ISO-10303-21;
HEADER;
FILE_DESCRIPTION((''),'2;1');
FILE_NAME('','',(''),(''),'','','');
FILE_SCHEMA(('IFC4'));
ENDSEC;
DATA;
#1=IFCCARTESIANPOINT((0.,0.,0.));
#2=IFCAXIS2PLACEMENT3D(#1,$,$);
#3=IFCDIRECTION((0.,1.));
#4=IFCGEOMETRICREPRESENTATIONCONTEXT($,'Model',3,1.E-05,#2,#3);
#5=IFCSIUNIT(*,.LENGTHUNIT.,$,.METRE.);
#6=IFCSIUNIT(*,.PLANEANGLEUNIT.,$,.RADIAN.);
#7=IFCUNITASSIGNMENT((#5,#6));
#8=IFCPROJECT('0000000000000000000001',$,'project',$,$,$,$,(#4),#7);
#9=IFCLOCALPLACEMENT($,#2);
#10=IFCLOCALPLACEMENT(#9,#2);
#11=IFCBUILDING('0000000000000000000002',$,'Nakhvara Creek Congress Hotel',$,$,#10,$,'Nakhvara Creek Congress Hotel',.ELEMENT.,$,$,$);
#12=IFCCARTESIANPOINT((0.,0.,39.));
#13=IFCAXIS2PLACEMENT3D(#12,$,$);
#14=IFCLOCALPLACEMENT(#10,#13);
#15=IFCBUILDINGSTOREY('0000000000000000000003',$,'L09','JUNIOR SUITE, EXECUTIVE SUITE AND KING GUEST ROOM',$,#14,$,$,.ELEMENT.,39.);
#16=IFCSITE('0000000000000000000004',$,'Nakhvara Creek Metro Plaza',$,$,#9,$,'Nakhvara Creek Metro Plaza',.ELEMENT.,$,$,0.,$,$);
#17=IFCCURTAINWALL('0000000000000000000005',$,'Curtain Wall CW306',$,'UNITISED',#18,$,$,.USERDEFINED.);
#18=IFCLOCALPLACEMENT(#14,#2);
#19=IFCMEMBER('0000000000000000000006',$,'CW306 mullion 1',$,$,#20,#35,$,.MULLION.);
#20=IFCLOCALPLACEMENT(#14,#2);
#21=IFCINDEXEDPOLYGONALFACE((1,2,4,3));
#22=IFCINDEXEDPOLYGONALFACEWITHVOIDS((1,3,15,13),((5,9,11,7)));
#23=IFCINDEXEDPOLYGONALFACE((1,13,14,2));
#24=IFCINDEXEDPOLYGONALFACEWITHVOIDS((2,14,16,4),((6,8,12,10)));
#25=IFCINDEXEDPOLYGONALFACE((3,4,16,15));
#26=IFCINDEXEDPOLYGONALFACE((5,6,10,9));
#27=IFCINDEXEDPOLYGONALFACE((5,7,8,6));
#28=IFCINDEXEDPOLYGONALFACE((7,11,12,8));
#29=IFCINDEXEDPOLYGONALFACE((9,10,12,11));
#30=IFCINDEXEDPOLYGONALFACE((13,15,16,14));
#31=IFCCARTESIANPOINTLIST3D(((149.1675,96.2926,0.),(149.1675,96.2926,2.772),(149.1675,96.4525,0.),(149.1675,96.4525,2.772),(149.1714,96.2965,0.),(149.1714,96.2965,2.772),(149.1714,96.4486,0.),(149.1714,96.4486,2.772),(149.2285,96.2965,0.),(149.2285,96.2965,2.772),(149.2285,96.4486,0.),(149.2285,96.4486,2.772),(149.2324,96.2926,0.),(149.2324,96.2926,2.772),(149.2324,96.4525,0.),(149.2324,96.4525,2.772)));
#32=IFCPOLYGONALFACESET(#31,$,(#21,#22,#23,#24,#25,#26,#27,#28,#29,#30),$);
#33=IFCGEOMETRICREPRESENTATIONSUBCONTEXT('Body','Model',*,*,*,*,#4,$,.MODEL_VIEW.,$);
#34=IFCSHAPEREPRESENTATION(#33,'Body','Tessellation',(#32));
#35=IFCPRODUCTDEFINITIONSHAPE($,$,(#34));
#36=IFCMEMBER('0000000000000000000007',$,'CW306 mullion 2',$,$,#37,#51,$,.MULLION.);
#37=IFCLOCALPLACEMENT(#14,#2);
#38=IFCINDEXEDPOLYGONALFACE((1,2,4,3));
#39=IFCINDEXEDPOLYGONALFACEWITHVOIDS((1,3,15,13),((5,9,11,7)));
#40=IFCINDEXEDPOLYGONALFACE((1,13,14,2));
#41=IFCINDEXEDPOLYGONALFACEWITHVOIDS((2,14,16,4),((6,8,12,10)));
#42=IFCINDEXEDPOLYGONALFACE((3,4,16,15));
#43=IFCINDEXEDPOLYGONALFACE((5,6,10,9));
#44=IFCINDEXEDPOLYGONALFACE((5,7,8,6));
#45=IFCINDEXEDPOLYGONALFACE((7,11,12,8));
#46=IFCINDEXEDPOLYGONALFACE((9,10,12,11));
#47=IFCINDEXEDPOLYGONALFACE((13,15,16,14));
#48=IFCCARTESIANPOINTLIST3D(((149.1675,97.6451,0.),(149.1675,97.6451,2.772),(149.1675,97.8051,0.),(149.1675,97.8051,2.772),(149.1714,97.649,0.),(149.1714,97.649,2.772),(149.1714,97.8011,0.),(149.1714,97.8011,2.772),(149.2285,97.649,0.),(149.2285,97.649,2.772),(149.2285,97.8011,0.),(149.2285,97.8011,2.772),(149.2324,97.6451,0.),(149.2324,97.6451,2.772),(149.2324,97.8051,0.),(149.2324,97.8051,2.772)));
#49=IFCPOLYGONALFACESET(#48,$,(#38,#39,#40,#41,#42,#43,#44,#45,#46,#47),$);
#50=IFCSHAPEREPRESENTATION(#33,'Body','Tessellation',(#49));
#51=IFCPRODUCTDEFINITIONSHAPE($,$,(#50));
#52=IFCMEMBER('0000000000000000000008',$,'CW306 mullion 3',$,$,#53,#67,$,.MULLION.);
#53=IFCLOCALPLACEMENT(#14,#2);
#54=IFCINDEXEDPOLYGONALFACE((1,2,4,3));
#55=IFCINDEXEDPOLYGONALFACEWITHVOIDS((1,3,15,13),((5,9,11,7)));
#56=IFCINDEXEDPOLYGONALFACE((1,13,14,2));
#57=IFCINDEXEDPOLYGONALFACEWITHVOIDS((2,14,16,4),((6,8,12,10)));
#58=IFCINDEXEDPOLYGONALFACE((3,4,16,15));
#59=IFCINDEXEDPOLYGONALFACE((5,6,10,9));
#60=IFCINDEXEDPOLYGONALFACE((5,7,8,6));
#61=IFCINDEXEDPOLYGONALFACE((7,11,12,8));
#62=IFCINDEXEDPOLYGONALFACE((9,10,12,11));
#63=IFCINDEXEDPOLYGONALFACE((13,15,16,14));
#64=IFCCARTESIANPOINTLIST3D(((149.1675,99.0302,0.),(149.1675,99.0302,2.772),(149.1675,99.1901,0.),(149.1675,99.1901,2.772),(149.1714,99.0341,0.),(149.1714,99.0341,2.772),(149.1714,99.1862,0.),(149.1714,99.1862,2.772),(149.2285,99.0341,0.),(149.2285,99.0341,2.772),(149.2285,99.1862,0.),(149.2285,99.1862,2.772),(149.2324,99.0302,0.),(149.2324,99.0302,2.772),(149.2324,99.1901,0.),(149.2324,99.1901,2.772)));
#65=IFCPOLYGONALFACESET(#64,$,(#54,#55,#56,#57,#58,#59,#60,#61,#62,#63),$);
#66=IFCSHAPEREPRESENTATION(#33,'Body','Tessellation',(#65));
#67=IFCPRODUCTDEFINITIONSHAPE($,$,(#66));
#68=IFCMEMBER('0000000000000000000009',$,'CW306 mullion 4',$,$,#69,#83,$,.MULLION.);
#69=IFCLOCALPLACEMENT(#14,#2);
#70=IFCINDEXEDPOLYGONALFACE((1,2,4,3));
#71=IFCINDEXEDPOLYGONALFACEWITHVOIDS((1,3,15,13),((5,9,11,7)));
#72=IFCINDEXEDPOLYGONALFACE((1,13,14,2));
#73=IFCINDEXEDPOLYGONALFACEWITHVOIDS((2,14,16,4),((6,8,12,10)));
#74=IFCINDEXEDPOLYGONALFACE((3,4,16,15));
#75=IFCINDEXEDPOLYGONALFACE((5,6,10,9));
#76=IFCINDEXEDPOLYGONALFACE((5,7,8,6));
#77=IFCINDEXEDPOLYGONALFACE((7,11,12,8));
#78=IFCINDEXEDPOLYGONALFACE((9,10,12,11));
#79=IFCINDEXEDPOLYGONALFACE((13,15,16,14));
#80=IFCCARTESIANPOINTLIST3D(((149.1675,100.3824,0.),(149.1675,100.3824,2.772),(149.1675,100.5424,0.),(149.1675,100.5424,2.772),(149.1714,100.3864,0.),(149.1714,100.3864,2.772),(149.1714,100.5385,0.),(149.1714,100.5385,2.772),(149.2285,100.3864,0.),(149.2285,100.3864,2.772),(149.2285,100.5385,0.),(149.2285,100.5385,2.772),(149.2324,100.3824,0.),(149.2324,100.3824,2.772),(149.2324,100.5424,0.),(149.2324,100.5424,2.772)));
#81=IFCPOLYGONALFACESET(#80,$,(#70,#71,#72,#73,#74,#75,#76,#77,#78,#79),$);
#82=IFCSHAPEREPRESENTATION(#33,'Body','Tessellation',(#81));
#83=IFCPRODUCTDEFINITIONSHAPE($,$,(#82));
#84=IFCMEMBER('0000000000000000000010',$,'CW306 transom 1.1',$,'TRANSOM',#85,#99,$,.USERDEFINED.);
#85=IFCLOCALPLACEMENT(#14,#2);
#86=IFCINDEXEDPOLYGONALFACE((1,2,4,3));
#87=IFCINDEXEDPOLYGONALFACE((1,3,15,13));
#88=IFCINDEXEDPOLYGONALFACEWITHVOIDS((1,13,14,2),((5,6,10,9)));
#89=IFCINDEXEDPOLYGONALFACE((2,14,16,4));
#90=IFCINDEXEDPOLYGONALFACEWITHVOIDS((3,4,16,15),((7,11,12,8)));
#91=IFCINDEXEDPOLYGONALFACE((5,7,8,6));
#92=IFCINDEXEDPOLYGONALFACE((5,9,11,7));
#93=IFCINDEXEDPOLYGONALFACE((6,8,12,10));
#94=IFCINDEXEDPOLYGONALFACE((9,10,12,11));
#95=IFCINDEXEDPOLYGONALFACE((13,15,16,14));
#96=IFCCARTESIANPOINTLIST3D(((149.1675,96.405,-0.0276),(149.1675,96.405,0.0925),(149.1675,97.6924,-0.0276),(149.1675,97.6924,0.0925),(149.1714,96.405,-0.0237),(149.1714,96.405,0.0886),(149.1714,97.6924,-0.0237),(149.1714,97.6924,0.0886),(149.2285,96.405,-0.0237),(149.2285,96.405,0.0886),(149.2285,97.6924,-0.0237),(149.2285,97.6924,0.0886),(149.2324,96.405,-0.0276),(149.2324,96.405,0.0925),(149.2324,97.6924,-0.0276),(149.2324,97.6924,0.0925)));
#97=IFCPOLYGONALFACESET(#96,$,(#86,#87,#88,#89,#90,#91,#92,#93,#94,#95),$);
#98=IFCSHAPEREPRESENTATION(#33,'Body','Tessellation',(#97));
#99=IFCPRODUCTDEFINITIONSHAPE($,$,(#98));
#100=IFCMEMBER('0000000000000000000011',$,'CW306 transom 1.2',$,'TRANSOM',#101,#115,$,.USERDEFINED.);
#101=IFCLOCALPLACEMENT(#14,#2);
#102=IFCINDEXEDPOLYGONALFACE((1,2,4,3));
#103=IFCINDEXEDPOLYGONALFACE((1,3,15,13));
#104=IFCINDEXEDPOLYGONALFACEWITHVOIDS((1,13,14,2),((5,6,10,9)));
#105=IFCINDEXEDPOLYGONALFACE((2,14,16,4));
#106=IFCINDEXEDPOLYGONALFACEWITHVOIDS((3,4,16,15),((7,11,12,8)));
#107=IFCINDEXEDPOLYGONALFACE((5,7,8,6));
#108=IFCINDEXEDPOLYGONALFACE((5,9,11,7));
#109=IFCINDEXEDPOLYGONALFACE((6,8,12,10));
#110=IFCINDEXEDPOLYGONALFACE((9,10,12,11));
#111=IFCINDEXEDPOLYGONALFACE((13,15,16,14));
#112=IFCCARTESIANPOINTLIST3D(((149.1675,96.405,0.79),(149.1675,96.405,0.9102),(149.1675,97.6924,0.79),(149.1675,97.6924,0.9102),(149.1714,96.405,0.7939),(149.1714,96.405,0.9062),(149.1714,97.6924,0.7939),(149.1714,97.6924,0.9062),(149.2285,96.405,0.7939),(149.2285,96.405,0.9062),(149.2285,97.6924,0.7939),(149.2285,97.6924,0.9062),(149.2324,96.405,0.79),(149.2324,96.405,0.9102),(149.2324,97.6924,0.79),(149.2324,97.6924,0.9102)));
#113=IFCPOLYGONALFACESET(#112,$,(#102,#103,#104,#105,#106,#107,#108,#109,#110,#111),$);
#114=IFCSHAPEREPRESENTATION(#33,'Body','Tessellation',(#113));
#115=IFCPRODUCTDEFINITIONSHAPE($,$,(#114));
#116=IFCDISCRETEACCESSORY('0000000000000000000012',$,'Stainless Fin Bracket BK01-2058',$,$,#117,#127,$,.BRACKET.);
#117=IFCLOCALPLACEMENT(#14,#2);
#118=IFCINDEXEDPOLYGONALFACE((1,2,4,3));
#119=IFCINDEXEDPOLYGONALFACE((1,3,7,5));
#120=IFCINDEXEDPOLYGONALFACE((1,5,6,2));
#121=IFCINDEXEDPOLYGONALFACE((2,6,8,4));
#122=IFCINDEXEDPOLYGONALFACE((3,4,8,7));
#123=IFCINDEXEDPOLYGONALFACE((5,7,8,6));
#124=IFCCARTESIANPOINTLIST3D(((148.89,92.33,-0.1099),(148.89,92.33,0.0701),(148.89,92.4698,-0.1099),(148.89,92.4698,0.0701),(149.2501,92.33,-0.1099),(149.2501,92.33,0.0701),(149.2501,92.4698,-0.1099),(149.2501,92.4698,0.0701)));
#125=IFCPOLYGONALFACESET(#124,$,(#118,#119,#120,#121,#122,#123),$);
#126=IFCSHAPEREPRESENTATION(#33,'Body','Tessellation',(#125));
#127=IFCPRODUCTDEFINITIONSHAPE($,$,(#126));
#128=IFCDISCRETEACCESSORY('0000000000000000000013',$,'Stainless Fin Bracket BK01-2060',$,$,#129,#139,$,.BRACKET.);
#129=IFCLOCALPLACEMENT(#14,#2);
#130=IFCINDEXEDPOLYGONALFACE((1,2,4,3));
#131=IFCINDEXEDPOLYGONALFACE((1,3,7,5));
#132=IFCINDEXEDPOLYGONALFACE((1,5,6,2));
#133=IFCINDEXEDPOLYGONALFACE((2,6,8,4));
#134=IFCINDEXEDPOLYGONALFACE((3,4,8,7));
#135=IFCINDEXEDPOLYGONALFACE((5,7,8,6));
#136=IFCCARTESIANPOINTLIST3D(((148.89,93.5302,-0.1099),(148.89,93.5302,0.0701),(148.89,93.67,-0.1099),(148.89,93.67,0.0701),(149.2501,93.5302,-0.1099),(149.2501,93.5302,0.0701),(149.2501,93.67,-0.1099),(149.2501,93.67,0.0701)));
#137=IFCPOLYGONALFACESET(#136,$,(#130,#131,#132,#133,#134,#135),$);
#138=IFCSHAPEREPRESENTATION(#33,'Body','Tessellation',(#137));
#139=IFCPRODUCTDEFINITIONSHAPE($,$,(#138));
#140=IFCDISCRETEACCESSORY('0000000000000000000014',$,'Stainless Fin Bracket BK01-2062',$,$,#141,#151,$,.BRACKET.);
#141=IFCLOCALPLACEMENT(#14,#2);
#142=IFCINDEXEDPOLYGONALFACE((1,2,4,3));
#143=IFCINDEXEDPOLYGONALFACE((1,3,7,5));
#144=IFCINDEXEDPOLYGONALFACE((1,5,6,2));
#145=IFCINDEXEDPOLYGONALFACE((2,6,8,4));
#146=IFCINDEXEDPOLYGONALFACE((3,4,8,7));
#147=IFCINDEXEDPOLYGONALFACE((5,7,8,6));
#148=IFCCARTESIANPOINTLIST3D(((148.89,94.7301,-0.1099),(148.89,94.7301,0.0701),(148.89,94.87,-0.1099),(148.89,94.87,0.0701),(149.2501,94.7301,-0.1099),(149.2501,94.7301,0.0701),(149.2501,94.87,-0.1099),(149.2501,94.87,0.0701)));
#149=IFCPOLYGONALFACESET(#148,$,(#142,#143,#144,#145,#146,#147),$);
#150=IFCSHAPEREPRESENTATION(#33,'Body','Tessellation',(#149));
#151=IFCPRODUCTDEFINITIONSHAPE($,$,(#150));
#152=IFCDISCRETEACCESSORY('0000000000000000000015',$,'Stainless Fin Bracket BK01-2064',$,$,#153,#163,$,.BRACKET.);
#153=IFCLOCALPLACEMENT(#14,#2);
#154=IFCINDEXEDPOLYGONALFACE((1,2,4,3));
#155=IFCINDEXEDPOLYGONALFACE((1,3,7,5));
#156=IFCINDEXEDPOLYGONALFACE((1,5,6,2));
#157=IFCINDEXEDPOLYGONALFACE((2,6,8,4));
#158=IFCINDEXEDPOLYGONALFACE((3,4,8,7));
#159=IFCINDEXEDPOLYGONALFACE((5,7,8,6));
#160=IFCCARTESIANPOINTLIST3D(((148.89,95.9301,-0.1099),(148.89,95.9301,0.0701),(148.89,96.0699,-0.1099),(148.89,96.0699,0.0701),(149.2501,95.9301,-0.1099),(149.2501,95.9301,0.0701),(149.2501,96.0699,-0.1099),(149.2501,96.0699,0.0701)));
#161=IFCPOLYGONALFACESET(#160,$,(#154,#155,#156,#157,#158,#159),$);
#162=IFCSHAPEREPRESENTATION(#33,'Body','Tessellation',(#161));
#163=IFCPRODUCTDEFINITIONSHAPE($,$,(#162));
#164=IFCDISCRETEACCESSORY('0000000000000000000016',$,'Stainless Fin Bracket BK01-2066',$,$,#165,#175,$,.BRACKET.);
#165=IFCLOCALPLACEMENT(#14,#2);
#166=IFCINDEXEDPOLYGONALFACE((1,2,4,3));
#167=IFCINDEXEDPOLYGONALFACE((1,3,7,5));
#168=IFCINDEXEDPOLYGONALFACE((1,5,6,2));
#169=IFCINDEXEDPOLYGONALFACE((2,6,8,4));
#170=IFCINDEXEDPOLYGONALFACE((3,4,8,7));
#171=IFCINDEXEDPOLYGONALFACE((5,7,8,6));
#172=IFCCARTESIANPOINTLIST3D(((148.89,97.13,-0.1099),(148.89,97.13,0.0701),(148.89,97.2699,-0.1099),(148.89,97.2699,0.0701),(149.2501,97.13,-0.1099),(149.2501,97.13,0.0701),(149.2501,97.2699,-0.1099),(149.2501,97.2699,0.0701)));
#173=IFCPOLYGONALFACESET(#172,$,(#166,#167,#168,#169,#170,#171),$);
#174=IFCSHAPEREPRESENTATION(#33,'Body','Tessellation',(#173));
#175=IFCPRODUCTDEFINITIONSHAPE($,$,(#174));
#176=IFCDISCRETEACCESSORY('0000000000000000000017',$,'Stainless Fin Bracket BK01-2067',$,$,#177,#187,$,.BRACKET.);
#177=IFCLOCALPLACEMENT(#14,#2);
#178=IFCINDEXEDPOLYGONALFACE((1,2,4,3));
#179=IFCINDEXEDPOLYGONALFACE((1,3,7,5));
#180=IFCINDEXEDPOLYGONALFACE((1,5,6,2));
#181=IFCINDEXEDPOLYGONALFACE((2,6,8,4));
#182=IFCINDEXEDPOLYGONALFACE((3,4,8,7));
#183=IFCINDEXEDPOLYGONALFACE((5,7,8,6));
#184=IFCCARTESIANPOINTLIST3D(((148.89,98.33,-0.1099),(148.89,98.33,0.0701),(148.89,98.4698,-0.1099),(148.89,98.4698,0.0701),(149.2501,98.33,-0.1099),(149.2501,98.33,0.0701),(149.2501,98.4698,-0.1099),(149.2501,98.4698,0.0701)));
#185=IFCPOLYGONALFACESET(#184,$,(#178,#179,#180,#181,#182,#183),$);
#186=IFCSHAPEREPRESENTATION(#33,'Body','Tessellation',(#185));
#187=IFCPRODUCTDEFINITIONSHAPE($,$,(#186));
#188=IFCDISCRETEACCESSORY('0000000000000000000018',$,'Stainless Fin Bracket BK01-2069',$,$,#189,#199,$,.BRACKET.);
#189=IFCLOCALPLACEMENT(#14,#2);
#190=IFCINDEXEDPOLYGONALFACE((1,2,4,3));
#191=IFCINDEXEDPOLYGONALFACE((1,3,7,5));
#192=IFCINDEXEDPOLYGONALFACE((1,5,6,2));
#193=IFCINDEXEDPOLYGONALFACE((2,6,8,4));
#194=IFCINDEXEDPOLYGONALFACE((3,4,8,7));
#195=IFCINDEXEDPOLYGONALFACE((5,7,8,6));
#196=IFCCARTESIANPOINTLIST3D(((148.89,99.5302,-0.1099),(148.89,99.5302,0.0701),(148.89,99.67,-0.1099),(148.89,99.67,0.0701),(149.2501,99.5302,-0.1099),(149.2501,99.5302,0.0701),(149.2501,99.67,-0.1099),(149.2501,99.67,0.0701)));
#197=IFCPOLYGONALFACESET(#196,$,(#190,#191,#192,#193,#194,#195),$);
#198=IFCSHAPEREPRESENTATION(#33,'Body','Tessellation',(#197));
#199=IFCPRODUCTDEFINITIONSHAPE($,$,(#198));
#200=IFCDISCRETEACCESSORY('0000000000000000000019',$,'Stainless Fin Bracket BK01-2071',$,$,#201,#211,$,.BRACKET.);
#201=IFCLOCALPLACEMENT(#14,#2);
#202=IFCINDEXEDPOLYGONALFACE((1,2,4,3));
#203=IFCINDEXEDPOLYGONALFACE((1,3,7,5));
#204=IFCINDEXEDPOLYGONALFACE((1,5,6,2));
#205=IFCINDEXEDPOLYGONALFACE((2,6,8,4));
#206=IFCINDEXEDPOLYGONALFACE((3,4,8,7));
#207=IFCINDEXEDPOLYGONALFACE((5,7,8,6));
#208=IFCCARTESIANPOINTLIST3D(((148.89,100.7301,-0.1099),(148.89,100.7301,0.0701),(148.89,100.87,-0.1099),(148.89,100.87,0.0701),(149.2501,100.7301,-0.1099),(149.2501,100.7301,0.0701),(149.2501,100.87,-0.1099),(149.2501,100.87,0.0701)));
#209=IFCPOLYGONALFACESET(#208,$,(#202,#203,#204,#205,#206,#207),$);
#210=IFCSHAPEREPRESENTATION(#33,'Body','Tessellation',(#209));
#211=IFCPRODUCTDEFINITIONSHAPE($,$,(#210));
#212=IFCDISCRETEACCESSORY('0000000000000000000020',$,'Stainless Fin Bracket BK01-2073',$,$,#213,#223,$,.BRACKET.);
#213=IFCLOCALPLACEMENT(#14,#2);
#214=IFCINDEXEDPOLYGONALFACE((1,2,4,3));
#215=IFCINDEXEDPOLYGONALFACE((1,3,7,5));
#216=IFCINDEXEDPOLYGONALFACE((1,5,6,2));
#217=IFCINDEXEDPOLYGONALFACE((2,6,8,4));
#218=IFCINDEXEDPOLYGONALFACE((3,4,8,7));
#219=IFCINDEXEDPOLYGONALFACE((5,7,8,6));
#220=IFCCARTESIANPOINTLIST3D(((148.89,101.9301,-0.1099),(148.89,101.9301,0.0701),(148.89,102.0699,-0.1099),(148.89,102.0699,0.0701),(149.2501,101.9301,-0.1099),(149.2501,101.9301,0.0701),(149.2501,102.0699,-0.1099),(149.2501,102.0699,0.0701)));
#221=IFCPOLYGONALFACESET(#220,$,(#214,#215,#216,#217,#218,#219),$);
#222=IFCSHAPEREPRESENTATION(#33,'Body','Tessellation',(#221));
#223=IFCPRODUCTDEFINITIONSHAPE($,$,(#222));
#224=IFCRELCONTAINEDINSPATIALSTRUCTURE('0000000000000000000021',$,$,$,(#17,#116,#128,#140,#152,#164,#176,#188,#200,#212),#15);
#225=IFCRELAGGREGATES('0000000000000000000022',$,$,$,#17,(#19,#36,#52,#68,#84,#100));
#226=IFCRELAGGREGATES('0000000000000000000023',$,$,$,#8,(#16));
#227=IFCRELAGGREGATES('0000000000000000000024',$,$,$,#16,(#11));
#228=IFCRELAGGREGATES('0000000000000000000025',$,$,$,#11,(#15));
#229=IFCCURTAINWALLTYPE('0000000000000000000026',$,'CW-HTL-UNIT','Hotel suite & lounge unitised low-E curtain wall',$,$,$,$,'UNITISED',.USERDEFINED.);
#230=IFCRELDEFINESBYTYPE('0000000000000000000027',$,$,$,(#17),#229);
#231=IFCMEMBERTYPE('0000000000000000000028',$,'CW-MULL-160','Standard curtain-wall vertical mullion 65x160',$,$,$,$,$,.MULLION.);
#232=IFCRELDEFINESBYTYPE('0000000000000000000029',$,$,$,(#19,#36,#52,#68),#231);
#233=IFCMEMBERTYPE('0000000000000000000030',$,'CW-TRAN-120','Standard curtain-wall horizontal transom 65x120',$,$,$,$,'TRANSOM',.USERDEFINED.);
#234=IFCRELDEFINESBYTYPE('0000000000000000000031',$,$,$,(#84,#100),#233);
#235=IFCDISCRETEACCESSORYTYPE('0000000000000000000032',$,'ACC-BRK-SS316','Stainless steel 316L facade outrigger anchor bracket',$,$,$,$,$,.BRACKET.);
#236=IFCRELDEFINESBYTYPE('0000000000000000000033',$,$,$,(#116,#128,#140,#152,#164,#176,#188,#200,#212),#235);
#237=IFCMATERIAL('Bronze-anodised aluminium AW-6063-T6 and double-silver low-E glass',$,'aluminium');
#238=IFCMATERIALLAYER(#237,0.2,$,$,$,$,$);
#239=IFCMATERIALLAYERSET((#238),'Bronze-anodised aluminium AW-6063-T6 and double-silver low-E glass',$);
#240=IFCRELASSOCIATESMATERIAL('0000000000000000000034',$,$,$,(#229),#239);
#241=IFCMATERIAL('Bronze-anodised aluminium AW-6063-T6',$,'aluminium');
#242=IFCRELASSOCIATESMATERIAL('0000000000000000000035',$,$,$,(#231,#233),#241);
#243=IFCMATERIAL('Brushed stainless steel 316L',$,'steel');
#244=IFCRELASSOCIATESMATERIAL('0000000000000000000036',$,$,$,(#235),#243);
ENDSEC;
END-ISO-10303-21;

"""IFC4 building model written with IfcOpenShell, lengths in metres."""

from ifc_helpers import new_model, si_unit, direction, frame, origin, origin_2d, place, context, subcontext, project, spatial, rectangle, hollow_rectangle, extrude, material, layer, layer_set, material_profile, profile_set, type_object, element, aggregate, save


model = new_model("IFC4")

# Units and contexts
model_context = context("Model", 3, precision=1e-05, world=origin(), true_north=direction((0.0, 1.0)))
body_context = subcontext(model_context, "Body", "Model", "MODEL_VIEW")
ifc_project = project(units=[si_unit("LENGTHUNIT", "METRE"), si_unit("PLANEANGLEUNIT", "RADIAN")], contexts=[model_context])

# Site, building, storey
site_placement = place(None, origin())
site = spatial("IfcSite", under=ifc_project, at=site_placement, Name="Nakhvara Creek Metro Plaza", LongName="Nakhvara Creek Metro Plaza", CompositionType="ELEMENT", RefElevation=0.0)
building_placement = place(site_placement, origin())
building = spatial("IfcBuilding", under=site, at=building_placement, Name="Nakhvara Creek Congress Hotel", LongName="Nakhvara Creek Congress Hotel", CompositionType="ELEMENT")
storey_placement = place(building_placement, frame((0.0, 0.0, 39.0)))
storey = spatial("IfcBuildingStorey", under=building, at=storey_placement, Name="L09", Description="JUNIOR SUITE, EXECUTIVE SUITE AND KING GUEST ROOM", CompositionType="ELEMENT", Elevation=39.0)

# Curtain wall, members
ifc_material_1 = material(Name="Bronze-anodised aluminium AW-6063-T6 and double-silver low-E glass", Category="aluminium")
ifc_layer = layer(ifc_material_1, 0.2)
ifc_layer_set = layer_set([ifc_layer], Name="Bronze-anodised aluminium AW-6063-T6 and double-silver low-E glass")
curtain_wall_type = type_object("IfcCurtainWallType", Name="CW-HTL-UNIT", Description="Hotel suite & lounge unitised low-E curtain wall", ElementType="UNITISED", PredefinedType="USERDEFINED", material=ifc_layer_set)
curtain_wall_placement = place(storey_placement, origin())
curtain_wall = element("IfcCurtainWall", 1, at=curtain_wall_placement, inside=storey, type_object=curtain_wall_type, Name="Curtain Wall CW306", ObjectType="UNITISED", PredefinedType="USERDEFINED")
ifc_material_2 = material(Name="Bronze-anodised aluminium AW-6063-T6", Category="aluminium")
ifc_material_profile_1 = material_profile(ifc_material_2, hollow_rectangle(XDim=0.0649, YDim=0.1599, WallThickness=0.0039, at=origin_2d()), Name="ALU-MULL 65x160x4", Category="LoadBearing")
ifc_profile_set_1 = profile_set([ifc_material_profile_1], Name="Bronze-anodised aluminium AW-6063-T6")
member_type_1 = type_object("IfcMemberType", Name="CW-MULL-160", Description="Standard curtain-wall vertical mullion 65x160", PredefinedType="MULLION", material=ifc_profile_set_1)
member_1_placement = place(storey_placement, frame((149.2, 96.3726, 0.0), z_axis=(0.0, 0.0, 1.0), x_axis=(-1.0, 0.0, 0.0)))
member_1 = element("IfcMember", 2, at=member_1_placement, type_object=member_type_1, Name="CW306 mullion 1", PredefinedType="MULLION", context=body_context, shape_type="SweptSolid", body=[
    extrude(hollow_rectangle(XDim=0.0649, YDim=0.1599, WallThickness=0.0039, at=origin_2d()), origin(), (0.0, 0.0, 1.0), 2.772),
])
member_2_placement = place(storey_placement, frame((149.2, 97.7251, 0.0), z_axis=(0.0, 0.0, 1.0), x_axis=(-1.0, 0.0, 0.0)))
member_2 = element("IfcMember", 3, at=member_2_placement, type_object=member_type_1, Name="CW306 mullion 2", PredefinedType="MULLION", context=body_context, shape_type="SweptSolid", body=[
    extrude(hollow_rectangle(XDim=0.0649, YDim=0.1599, WallThickness=0.0039, at=origin_2d()), origin(), (0.0, 0.0, 1.0), 2.772),
])
member_3_placement = place(storey_placement, frame((149.2, 99.1101, 0.0), z_axis=(0.0, 0.0, 1.0), x_axis=(-1.0, 0.0, 0.0)))
member_3 = element("IfcMember", 4, at=member_3_placement, type_object=member_type_1, Name="CW306 mullion 3", PredefinedType="MULLION", context=body_context, shape_type="SweptSolid", body=[
    extrude(hollow_rectangle(XDim=0.0649, YDim=0.1599, WallThickness=0.0039, at=origin_2d()), origin(), (0.0, 0.0, 1.0), 2.772),
])
member_4_placement = place(storey_placement, frame((149.2, 100.4624, 0.0), z_axis=(0.0, 0.0, 1.0), x_axis=(-1.0, 0.0, 0.0)))
member_4 = element("IfcMember", 5, at=member_4_placement, type_object=member_type_1, Name="CW306 mullion 4", PredefinedType="MULLION", context=body_context, shape_type="SweptSolid", body=[
    extrude(hollow_rectangle(XDim=0.0649, YDim=0.1599, WallThickness=0.0039, at=origin_2d()), origin(), (0.0, 0.0, 1.0), 2.772),
])
ifc_material_profile_2 = material_profile(ifc_material_2, hollow_rectangle(XDim=0.0649, YDim=0.1201, WallThickness=0.0039, at=origin_2d()), Name="ALU-TRAN 65x120x4", Category="LoadBearing")
ifc_profile_set_2 = profile_set([ifc_material_profile_2], Name="Bronze-anodised aluminium AW-6063-T6")
member_type_2 = type_object("IfcMemberType", Name="CW-TRAN-120", Description="Standard curtain-wall horizontal transom 65x120", ElementType="TRANSOM", PredefinedType="USERDEFINED", material=ifc_profile_set_2)
member_5_placement = place(storey_placement, frame((149.2, 96.405, 0.0325), z_axis=(0.0, 1.0, 0.0), x_axis=(-1.0, 0.0, 0.0)))
member_5 = element("IfcMember", 6, at=member_5_placement, type_object=member_type_2, Name="CW306 transom 1.1", ObjectType="TRANSOM", PredefinedType="USERDEFINED", context=body_context, shape_type="SweptSolid", body=[
    extrude(hollow_rectangle(XDim=0.0649, YDim=0.1201, WallThickness=0.0039, at=origin_2d()), origin(), (0.0, 0.0, 1.0), 1.2874),
])
member_6_placement = place(storey_placement, frame((149.2, 96.405, 0.8501), z_axis=(0.0, 1.0, 0.0), x_axis=(-1.0, 0.0, 0.0)))
member_6 = element("IfcMember", 7, at=member_6_placement, type_object=member_type_2, Name="CW306 transom 1.2", ObjectType="TRANSOM", PredefinedType="USERDEFINED", context=body_context, shape_type="SweptSolid", body=[
    extrude(hollow_rectangle(XDim=0.0649, YDim=0.1201, WallThickness=0.0039, at=origin_2d()), origin(), (0.0, 0.0, 1.0), 1.2874),
])
aggregate(curtain_wall, [member_1, member_2, member_3, member_4, member_5, member_6])

# Discrete accessories
ifc_material_3 = material(Name="Brushed stainless steel 316L", Category="steel")
discrete_accessory_type = type_object("IfcDiscreteAccessoryType", Name="ACC-BRK-SS316", Description="Stainless steel 316L facade outrigger anchor bracket", PredefinedType="BRACKET", material=ifc_material_3)
for number, where, z_axis, x_axis, name in (
    (8, (149.0701, 92.3999, -0.1099), (0.0, 0.0, 1.0), (0.0, 1.0, 0.0), "Stainless Fin Bracket BK01-2058"),
    (9, (149.0701, 93.6001, -0.1099), (0.0, 0.0, 1.0), (0.0, 1.0, 0.0), "Stainless Fin Bracket BK01-2060"),
    (10, (149.0701, 94.8, -0.1099), (0.0, 0.0, 1.0), (0.0, 1.0, 0.0), "Stainless Fin Bracket BK01-2062"),
    (11, (149.0701, 96.0, -0.1099), (0.0, 0.0, 1.0), (0.0, 1.0, 0.0), "Stainless Fin Bracket BK01-2064"),
    (12, (149.0701, 97.2, -0.1099), (0.0, 0.0, 1.0), (0.0, 1.0, 0.0), "Stainless Fin Bracket BK01-2066"),
    (13, (149.0701, 98.3999, -0.1099), (0.0, 0.0, 1.0), (0.0, 1.0, 0.0), "Stainless Fin Bracket BK01-2067"),
    (14, (149.0701, 99.6001, -0.1099), (0.0, 0.0, 1.0), (0.0, 1.0, 0.0), "Stainless Fin Bracket BK01-2069"),
    (15, (149.0701, 100.8, -0.1099), (0.0, 0.0, 1.0), (0.0, 1.0, 0.0), "Stainless Fin Bracket BK01-2071"),
    (16, (149.0701, 102.0, -0.1099), (0.0, 0.0, 1.0), (0.0, 1.0, 0.0), "Stainless Fin Bracket BK01-2073"),
):
    element("IfcDiscreteAccessory", number, at=place(storey_placement, frame(where, z_axis=z_axis, x_axis=x_axis)), inside=storey, type_object=discrete_accessory_type, Name=name, PredefinedType="BRACKET", context=body_context, shape_type="SweptSolid", body=[
        extrude(rectangle(XDim=0.1399, YDim=0.3601, at=origin_2d()), origin(), (0.0, 0.0, 1.0), 0.1799),
    ])

save(model, "model.ifc")
